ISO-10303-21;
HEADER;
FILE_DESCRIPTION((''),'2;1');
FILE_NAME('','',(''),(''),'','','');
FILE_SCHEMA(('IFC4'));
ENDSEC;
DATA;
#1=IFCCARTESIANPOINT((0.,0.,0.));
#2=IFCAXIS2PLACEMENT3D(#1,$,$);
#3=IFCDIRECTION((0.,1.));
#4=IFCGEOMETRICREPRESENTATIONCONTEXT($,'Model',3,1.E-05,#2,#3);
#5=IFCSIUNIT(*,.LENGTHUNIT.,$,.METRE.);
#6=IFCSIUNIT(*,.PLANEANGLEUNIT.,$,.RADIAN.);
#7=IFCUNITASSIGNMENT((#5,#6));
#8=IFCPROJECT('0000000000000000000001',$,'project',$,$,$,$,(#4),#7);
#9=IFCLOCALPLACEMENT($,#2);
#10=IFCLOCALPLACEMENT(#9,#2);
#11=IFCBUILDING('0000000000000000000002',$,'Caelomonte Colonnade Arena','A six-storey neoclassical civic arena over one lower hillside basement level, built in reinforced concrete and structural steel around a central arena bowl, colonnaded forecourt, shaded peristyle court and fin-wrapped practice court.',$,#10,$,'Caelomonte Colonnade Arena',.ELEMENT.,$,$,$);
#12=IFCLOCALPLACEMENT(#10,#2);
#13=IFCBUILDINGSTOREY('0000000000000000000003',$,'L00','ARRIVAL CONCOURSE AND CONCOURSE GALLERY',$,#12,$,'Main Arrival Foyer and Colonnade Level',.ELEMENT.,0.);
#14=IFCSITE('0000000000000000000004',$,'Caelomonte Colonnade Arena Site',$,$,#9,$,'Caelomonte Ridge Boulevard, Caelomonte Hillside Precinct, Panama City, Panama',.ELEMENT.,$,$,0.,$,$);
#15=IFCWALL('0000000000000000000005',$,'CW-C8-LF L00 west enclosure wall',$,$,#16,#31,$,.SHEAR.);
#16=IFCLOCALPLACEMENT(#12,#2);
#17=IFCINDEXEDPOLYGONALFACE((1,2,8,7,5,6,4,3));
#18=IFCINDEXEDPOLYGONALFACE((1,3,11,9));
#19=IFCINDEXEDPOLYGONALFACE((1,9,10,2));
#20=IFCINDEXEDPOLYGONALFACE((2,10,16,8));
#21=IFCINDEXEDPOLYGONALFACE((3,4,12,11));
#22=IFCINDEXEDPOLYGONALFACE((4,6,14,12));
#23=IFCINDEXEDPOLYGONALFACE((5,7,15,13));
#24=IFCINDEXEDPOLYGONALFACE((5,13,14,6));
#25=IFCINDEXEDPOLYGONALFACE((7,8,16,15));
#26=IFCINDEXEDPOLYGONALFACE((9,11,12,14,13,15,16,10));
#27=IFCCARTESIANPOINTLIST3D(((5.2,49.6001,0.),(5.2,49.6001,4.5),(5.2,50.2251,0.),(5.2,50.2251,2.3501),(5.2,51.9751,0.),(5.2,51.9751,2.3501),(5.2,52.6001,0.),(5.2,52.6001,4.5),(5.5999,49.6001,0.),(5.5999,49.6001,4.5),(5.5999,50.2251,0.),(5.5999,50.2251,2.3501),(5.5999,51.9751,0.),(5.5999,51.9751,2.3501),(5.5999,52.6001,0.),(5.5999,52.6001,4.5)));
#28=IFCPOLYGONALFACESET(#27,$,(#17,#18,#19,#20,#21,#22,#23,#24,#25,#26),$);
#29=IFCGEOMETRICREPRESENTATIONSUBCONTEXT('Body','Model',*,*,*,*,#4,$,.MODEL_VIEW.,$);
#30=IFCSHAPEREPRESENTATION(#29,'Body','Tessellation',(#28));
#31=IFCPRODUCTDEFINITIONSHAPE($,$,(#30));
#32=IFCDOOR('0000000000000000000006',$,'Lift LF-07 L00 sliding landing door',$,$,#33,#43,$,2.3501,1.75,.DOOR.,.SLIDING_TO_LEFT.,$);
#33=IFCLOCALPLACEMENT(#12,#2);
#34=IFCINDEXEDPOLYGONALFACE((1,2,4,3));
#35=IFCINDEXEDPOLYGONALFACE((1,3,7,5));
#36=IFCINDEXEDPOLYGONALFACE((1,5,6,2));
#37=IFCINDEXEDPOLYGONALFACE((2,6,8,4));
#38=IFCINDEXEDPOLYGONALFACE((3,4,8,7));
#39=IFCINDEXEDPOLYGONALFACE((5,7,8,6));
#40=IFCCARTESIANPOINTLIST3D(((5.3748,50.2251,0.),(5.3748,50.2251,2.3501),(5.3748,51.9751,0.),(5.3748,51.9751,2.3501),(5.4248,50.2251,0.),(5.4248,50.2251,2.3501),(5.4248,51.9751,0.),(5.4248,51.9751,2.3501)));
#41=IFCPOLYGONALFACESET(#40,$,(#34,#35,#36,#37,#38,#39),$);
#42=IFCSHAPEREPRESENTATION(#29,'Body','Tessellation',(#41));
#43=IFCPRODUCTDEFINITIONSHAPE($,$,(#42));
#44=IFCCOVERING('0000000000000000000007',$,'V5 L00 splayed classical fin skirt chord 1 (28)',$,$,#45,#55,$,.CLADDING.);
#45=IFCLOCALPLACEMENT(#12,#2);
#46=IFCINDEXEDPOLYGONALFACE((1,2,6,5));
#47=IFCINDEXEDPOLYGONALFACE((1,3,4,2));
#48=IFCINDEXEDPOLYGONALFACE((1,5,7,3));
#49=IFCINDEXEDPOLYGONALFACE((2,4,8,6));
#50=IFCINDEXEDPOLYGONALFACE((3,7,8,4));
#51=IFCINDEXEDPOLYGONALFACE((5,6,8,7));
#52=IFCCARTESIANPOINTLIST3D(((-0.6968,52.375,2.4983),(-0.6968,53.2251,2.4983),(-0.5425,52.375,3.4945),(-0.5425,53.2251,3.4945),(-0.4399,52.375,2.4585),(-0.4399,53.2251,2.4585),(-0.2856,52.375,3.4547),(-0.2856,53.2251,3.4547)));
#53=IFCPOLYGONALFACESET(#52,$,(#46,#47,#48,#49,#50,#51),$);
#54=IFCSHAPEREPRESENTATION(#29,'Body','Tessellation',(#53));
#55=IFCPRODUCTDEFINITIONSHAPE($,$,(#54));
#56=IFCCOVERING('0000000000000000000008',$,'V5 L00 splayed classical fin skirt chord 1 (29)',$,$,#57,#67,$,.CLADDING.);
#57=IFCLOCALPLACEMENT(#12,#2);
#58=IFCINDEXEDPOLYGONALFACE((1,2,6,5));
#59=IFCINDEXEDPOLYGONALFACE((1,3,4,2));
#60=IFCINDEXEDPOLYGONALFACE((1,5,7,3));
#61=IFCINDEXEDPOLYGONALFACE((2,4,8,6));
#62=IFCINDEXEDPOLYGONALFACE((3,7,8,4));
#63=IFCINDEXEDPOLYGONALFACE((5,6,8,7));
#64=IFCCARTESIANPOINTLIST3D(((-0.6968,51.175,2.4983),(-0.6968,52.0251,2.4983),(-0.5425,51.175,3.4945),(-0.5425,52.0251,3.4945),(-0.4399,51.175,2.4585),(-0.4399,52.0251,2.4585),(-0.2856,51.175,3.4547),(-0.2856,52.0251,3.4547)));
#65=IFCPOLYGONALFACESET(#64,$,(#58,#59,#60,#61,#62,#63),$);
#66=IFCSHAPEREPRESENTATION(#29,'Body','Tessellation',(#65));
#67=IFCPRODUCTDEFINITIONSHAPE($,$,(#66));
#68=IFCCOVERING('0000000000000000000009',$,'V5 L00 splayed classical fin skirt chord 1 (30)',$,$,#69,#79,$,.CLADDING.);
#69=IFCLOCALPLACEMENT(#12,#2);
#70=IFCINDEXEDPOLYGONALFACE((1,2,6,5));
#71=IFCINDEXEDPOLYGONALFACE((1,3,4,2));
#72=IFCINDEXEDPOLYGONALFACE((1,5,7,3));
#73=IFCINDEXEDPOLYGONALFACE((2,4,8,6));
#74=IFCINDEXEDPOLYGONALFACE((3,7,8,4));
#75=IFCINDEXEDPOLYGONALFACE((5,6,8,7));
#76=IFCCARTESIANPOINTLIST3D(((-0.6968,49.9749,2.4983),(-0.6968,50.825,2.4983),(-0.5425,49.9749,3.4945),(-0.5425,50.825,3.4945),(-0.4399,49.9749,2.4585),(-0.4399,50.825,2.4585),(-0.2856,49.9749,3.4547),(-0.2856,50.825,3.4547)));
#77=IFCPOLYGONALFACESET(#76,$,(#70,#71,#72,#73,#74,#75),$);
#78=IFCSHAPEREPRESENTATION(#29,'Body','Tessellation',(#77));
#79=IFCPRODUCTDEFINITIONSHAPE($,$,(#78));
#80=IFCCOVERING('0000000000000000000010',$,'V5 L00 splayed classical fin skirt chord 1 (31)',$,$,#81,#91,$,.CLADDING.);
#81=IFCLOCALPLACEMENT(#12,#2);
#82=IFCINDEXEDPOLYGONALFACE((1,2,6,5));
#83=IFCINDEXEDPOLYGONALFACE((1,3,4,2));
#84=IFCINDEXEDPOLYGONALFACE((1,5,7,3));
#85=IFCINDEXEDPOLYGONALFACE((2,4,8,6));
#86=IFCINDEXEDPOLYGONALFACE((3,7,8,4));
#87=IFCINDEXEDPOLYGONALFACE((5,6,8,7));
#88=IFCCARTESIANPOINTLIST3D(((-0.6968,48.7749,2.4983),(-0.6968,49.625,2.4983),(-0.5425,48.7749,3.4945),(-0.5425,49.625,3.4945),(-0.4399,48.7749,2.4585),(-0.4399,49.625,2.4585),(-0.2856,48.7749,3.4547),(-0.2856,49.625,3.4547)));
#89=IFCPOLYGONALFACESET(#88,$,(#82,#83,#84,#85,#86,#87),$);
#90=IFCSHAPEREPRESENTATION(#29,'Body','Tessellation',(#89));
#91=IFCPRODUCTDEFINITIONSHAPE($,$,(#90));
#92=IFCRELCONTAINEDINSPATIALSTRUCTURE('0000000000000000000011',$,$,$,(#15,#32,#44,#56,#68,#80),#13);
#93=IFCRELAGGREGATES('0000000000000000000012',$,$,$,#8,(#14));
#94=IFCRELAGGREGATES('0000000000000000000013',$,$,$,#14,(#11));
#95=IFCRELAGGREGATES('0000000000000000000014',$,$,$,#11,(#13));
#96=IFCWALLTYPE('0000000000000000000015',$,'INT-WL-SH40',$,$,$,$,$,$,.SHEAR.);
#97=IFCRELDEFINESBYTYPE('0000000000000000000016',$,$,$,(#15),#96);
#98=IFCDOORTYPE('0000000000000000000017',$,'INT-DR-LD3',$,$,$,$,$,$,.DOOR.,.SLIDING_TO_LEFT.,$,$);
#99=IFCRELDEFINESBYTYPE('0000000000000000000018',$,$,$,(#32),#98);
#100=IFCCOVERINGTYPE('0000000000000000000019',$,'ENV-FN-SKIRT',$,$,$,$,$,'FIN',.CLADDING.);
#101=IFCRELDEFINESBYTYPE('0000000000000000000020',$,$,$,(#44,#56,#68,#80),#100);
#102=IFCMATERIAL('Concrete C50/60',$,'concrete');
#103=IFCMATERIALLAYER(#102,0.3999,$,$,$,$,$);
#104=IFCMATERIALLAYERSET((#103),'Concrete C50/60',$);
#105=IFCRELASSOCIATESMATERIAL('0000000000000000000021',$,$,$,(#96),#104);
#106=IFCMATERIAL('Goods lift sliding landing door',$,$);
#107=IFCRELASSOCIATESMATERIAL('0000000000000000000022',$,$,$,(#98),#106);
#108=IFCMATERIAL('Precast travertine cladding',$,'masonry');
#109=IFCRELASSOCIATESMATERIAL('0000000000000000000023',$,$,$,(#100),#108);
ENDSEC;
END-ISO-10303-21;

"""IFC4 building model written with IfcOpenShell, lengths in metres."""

from ifc_helpers import new_model, si_unit, direction, frame, frame_2d, origin, origin_2d, place, context, subcontext, project, spatial, rectangle, extrude, material, layer, layer_set, material_profile, profile_set, type_object, element, fill, save


model = new_model("IFC4")

# Units and contexts
model_context = context("Model", 3, precision=1e-05, world=origin(), true_north=direction((0.0, 1.0)))
body_context = subcontext(model_context, "Body", "Model", "MODEL_VIEW")
ifc_project = project(units=[si_unit("LENGTHUNIT", "METRE"), si_unit("PLANEANGLEUNIT", "RADIAN")], contexts=[model_context])

# Site, building, storey
site_placement = place(None, origin())
site = spatial("IfcSite", under=ifc_project, at=site_placement, Name="Caelomonte Colonnade Arena Site", LongName="Caelomonte Ridge Boulevard, Caelomonte Hillside Precinct, Panama City, Panama", CompositionType="ELEMENT", RefElevation=0.0)
building_placement = place(site_placement, origin())
building = spatial("IfcBuilding", under=site, at=building_placement, Name="Caelomonte Colonnade Arena", Description="A six-storey neoclassical civic arena over one lower hillside basement level, built in reinforced concrete and structural steel around a central arena bowl, colonnaded forecourt, shaded peristyle court and fin-wrapped practice court.", LongName="Caelomonte Colonnade Arena", CompositionType="ELEMENT")
storey_placement = place(building_placement, origin())
storey = spatial("IfcBuildingStorey", under=building, at=storey_placement, Name="L00", Description="ARRIVAL CONCOURSE AND CONCOURSE GALLERY", LongName="Main Arrival Foyer and Colonnade Level", CompositionType="ELEMENT", Elevation=0.0)

# Shared definitions
ifc_material_1 = material(Name="Concrete C50/60", Category="concrete")
ifc_layer_1 = layer(ifc_material_1, 0.3999)
ifc_layer_set_1 = layer_set([ifc_layer_1], Name="Concrete C50/60")
wall_type_1 = type_object("IfcWallType", Name="INT-WL-SH40", PredefinedType="SHEAR", material=ifc_layer_set_1)

# Wall, opening, door
wall_1_placement = place(storey_placement, frame((5.3999, 52.6001, 0.0), z_axis=(0.0, 0.0, 1.0), x_axis=(0.0, -1.0, 0.0)))
wall_1 = element("IfcWall", 1, at=wall_1_placement, inside=storey, type_object=wall_type_1, Name="CW-C8-LF L00 west enclosure wall", PredefinedType="SHEAR", context=body_context, shape_type="SweptSolid", body=[
    extrude(rectangle(XDim=3.0, YDim=0.3999, at=frame_2d((1.5, 0.0))), origin(), (0.0, 0.0, 1.0), 4.5),
])
opening_placement = place(wall_1_placement, frame((0.625, 0.0, 0.0), z_axis=(0.0, 0.0, 1.0), x_axis=(1.0, 0.0, 0.0)))
opening = element("IfcOpeningElement", 2, at=opening_placement, cuts=wall_1, PredefinedType="OPENING", context=body_context, shape_type="SweptSolid", body=[
    extrude(rectangle(XDim=1.75, YDim=2.3501, at=frame_2d((0.875, 1.175))), frame((0.0, 0.21, 0.0), z_axis=(0.0, -1.0, 0.0), x_axis=(1.0, 0.0, 0.0)), (0.0, 0.0, 1.0), 0.4199),
])
ifc_material_2 = material(Name="Goods lift sliding landing door")
door_type = type_object("IfcDoorType", Name="INT-DR-LD3", OperationType="SLIDING_TO_LEFT", PredefinedType="DOOR", material=ifc_material_2)
door_placement = place(opening_placement, origin())
door = element("IfcDoor", 3, at=door_placement, inside=storey, type_object=door_type, Name="Lift LF-07 L00 sliding landing door", OperationType="SLIDING_TO_LEFT", OverallHeight=2.3501, OverallWidth=1.75, PredefinedType="DOOR", context=body_context, shape_type="SweptSolid", body=[
    extrude(rectangle(XDim=1.75, YDim=2.3501, at=frame_2d((0.875, 1.175))), frame((0.0, 0.0249, 0.0), z_axis=(0.0, -1.0, 0.0), x_axis=(1.0, 0.0, 0.0)), (0.0, 0.0, 1.0), 0.05),
])
fill(opening, door)

# Coverings
ifc_material_3 = material(Name="Precast travertine cladding", Category="masonry")
ifc_material_profile_1 = material_profile(ifc_material_3, rectangle(XDim=0.26, YDim=0.8501, at=origin_2d()), Name="FIN260X850")
ifc_profile_set_1 = profile_set([ifc_material_profile_1], Name="Precast travertine cladding")
covering_type = type_object("IfcCoveringType", Name="ENV-FN-SKIRT", ElementType="FIN", PredefinedType="CLADDING", material=ifc_profile_set_1)
for number, where, z_axis, x_axis, name in (
    (4, (-0.4141, 52.8, 3.4746), (-0.153076, 0.0, -0.988214), (-0.988214, 0.0, 0.153076), "V5 L00 splayed classical fin skirt chord 1 (28)"),
    (5, (-0.4141, 51.6001, 3.4746), (-0.153076, 0.0, -0.988214), (-0.988214, 0.0, 0.153076), "V5 L00 splayed classical fin skirt chord 1 (29)"),
    (6, (-0.4141, 50.3999, 3.4746), (-0.153076, 0.0, -0.988214), (-0.988214, 0.0, 0.153076), "V5 L00 splayed classical fin skirt chord 1 (30)"),
    (7, (-0.4141, 49.2, 3.4746), (-0.153076, 0.0, -0.988214), (-0.988214, 0.0, 0.153076), "V5 L00 splayed classical fin skirt chord 1 (31)"),
):
    element("IfcCovering", number, at=place(storey_placement, frame(where, z_axis=z_axis, x_axis=x_axis)), inside=storey, type_object=covering_type, Name=name, PredefinedType="CLADDING", context=body_context, shape_type="SweptSolid", body=[
        extrude(rectangle(XDim=0.26, YDim=0.8501, at=origin_2d()), origin(), (0.0, 0.0, 1.0), 1.0081),
    ])

save(model, "model.ifc")
